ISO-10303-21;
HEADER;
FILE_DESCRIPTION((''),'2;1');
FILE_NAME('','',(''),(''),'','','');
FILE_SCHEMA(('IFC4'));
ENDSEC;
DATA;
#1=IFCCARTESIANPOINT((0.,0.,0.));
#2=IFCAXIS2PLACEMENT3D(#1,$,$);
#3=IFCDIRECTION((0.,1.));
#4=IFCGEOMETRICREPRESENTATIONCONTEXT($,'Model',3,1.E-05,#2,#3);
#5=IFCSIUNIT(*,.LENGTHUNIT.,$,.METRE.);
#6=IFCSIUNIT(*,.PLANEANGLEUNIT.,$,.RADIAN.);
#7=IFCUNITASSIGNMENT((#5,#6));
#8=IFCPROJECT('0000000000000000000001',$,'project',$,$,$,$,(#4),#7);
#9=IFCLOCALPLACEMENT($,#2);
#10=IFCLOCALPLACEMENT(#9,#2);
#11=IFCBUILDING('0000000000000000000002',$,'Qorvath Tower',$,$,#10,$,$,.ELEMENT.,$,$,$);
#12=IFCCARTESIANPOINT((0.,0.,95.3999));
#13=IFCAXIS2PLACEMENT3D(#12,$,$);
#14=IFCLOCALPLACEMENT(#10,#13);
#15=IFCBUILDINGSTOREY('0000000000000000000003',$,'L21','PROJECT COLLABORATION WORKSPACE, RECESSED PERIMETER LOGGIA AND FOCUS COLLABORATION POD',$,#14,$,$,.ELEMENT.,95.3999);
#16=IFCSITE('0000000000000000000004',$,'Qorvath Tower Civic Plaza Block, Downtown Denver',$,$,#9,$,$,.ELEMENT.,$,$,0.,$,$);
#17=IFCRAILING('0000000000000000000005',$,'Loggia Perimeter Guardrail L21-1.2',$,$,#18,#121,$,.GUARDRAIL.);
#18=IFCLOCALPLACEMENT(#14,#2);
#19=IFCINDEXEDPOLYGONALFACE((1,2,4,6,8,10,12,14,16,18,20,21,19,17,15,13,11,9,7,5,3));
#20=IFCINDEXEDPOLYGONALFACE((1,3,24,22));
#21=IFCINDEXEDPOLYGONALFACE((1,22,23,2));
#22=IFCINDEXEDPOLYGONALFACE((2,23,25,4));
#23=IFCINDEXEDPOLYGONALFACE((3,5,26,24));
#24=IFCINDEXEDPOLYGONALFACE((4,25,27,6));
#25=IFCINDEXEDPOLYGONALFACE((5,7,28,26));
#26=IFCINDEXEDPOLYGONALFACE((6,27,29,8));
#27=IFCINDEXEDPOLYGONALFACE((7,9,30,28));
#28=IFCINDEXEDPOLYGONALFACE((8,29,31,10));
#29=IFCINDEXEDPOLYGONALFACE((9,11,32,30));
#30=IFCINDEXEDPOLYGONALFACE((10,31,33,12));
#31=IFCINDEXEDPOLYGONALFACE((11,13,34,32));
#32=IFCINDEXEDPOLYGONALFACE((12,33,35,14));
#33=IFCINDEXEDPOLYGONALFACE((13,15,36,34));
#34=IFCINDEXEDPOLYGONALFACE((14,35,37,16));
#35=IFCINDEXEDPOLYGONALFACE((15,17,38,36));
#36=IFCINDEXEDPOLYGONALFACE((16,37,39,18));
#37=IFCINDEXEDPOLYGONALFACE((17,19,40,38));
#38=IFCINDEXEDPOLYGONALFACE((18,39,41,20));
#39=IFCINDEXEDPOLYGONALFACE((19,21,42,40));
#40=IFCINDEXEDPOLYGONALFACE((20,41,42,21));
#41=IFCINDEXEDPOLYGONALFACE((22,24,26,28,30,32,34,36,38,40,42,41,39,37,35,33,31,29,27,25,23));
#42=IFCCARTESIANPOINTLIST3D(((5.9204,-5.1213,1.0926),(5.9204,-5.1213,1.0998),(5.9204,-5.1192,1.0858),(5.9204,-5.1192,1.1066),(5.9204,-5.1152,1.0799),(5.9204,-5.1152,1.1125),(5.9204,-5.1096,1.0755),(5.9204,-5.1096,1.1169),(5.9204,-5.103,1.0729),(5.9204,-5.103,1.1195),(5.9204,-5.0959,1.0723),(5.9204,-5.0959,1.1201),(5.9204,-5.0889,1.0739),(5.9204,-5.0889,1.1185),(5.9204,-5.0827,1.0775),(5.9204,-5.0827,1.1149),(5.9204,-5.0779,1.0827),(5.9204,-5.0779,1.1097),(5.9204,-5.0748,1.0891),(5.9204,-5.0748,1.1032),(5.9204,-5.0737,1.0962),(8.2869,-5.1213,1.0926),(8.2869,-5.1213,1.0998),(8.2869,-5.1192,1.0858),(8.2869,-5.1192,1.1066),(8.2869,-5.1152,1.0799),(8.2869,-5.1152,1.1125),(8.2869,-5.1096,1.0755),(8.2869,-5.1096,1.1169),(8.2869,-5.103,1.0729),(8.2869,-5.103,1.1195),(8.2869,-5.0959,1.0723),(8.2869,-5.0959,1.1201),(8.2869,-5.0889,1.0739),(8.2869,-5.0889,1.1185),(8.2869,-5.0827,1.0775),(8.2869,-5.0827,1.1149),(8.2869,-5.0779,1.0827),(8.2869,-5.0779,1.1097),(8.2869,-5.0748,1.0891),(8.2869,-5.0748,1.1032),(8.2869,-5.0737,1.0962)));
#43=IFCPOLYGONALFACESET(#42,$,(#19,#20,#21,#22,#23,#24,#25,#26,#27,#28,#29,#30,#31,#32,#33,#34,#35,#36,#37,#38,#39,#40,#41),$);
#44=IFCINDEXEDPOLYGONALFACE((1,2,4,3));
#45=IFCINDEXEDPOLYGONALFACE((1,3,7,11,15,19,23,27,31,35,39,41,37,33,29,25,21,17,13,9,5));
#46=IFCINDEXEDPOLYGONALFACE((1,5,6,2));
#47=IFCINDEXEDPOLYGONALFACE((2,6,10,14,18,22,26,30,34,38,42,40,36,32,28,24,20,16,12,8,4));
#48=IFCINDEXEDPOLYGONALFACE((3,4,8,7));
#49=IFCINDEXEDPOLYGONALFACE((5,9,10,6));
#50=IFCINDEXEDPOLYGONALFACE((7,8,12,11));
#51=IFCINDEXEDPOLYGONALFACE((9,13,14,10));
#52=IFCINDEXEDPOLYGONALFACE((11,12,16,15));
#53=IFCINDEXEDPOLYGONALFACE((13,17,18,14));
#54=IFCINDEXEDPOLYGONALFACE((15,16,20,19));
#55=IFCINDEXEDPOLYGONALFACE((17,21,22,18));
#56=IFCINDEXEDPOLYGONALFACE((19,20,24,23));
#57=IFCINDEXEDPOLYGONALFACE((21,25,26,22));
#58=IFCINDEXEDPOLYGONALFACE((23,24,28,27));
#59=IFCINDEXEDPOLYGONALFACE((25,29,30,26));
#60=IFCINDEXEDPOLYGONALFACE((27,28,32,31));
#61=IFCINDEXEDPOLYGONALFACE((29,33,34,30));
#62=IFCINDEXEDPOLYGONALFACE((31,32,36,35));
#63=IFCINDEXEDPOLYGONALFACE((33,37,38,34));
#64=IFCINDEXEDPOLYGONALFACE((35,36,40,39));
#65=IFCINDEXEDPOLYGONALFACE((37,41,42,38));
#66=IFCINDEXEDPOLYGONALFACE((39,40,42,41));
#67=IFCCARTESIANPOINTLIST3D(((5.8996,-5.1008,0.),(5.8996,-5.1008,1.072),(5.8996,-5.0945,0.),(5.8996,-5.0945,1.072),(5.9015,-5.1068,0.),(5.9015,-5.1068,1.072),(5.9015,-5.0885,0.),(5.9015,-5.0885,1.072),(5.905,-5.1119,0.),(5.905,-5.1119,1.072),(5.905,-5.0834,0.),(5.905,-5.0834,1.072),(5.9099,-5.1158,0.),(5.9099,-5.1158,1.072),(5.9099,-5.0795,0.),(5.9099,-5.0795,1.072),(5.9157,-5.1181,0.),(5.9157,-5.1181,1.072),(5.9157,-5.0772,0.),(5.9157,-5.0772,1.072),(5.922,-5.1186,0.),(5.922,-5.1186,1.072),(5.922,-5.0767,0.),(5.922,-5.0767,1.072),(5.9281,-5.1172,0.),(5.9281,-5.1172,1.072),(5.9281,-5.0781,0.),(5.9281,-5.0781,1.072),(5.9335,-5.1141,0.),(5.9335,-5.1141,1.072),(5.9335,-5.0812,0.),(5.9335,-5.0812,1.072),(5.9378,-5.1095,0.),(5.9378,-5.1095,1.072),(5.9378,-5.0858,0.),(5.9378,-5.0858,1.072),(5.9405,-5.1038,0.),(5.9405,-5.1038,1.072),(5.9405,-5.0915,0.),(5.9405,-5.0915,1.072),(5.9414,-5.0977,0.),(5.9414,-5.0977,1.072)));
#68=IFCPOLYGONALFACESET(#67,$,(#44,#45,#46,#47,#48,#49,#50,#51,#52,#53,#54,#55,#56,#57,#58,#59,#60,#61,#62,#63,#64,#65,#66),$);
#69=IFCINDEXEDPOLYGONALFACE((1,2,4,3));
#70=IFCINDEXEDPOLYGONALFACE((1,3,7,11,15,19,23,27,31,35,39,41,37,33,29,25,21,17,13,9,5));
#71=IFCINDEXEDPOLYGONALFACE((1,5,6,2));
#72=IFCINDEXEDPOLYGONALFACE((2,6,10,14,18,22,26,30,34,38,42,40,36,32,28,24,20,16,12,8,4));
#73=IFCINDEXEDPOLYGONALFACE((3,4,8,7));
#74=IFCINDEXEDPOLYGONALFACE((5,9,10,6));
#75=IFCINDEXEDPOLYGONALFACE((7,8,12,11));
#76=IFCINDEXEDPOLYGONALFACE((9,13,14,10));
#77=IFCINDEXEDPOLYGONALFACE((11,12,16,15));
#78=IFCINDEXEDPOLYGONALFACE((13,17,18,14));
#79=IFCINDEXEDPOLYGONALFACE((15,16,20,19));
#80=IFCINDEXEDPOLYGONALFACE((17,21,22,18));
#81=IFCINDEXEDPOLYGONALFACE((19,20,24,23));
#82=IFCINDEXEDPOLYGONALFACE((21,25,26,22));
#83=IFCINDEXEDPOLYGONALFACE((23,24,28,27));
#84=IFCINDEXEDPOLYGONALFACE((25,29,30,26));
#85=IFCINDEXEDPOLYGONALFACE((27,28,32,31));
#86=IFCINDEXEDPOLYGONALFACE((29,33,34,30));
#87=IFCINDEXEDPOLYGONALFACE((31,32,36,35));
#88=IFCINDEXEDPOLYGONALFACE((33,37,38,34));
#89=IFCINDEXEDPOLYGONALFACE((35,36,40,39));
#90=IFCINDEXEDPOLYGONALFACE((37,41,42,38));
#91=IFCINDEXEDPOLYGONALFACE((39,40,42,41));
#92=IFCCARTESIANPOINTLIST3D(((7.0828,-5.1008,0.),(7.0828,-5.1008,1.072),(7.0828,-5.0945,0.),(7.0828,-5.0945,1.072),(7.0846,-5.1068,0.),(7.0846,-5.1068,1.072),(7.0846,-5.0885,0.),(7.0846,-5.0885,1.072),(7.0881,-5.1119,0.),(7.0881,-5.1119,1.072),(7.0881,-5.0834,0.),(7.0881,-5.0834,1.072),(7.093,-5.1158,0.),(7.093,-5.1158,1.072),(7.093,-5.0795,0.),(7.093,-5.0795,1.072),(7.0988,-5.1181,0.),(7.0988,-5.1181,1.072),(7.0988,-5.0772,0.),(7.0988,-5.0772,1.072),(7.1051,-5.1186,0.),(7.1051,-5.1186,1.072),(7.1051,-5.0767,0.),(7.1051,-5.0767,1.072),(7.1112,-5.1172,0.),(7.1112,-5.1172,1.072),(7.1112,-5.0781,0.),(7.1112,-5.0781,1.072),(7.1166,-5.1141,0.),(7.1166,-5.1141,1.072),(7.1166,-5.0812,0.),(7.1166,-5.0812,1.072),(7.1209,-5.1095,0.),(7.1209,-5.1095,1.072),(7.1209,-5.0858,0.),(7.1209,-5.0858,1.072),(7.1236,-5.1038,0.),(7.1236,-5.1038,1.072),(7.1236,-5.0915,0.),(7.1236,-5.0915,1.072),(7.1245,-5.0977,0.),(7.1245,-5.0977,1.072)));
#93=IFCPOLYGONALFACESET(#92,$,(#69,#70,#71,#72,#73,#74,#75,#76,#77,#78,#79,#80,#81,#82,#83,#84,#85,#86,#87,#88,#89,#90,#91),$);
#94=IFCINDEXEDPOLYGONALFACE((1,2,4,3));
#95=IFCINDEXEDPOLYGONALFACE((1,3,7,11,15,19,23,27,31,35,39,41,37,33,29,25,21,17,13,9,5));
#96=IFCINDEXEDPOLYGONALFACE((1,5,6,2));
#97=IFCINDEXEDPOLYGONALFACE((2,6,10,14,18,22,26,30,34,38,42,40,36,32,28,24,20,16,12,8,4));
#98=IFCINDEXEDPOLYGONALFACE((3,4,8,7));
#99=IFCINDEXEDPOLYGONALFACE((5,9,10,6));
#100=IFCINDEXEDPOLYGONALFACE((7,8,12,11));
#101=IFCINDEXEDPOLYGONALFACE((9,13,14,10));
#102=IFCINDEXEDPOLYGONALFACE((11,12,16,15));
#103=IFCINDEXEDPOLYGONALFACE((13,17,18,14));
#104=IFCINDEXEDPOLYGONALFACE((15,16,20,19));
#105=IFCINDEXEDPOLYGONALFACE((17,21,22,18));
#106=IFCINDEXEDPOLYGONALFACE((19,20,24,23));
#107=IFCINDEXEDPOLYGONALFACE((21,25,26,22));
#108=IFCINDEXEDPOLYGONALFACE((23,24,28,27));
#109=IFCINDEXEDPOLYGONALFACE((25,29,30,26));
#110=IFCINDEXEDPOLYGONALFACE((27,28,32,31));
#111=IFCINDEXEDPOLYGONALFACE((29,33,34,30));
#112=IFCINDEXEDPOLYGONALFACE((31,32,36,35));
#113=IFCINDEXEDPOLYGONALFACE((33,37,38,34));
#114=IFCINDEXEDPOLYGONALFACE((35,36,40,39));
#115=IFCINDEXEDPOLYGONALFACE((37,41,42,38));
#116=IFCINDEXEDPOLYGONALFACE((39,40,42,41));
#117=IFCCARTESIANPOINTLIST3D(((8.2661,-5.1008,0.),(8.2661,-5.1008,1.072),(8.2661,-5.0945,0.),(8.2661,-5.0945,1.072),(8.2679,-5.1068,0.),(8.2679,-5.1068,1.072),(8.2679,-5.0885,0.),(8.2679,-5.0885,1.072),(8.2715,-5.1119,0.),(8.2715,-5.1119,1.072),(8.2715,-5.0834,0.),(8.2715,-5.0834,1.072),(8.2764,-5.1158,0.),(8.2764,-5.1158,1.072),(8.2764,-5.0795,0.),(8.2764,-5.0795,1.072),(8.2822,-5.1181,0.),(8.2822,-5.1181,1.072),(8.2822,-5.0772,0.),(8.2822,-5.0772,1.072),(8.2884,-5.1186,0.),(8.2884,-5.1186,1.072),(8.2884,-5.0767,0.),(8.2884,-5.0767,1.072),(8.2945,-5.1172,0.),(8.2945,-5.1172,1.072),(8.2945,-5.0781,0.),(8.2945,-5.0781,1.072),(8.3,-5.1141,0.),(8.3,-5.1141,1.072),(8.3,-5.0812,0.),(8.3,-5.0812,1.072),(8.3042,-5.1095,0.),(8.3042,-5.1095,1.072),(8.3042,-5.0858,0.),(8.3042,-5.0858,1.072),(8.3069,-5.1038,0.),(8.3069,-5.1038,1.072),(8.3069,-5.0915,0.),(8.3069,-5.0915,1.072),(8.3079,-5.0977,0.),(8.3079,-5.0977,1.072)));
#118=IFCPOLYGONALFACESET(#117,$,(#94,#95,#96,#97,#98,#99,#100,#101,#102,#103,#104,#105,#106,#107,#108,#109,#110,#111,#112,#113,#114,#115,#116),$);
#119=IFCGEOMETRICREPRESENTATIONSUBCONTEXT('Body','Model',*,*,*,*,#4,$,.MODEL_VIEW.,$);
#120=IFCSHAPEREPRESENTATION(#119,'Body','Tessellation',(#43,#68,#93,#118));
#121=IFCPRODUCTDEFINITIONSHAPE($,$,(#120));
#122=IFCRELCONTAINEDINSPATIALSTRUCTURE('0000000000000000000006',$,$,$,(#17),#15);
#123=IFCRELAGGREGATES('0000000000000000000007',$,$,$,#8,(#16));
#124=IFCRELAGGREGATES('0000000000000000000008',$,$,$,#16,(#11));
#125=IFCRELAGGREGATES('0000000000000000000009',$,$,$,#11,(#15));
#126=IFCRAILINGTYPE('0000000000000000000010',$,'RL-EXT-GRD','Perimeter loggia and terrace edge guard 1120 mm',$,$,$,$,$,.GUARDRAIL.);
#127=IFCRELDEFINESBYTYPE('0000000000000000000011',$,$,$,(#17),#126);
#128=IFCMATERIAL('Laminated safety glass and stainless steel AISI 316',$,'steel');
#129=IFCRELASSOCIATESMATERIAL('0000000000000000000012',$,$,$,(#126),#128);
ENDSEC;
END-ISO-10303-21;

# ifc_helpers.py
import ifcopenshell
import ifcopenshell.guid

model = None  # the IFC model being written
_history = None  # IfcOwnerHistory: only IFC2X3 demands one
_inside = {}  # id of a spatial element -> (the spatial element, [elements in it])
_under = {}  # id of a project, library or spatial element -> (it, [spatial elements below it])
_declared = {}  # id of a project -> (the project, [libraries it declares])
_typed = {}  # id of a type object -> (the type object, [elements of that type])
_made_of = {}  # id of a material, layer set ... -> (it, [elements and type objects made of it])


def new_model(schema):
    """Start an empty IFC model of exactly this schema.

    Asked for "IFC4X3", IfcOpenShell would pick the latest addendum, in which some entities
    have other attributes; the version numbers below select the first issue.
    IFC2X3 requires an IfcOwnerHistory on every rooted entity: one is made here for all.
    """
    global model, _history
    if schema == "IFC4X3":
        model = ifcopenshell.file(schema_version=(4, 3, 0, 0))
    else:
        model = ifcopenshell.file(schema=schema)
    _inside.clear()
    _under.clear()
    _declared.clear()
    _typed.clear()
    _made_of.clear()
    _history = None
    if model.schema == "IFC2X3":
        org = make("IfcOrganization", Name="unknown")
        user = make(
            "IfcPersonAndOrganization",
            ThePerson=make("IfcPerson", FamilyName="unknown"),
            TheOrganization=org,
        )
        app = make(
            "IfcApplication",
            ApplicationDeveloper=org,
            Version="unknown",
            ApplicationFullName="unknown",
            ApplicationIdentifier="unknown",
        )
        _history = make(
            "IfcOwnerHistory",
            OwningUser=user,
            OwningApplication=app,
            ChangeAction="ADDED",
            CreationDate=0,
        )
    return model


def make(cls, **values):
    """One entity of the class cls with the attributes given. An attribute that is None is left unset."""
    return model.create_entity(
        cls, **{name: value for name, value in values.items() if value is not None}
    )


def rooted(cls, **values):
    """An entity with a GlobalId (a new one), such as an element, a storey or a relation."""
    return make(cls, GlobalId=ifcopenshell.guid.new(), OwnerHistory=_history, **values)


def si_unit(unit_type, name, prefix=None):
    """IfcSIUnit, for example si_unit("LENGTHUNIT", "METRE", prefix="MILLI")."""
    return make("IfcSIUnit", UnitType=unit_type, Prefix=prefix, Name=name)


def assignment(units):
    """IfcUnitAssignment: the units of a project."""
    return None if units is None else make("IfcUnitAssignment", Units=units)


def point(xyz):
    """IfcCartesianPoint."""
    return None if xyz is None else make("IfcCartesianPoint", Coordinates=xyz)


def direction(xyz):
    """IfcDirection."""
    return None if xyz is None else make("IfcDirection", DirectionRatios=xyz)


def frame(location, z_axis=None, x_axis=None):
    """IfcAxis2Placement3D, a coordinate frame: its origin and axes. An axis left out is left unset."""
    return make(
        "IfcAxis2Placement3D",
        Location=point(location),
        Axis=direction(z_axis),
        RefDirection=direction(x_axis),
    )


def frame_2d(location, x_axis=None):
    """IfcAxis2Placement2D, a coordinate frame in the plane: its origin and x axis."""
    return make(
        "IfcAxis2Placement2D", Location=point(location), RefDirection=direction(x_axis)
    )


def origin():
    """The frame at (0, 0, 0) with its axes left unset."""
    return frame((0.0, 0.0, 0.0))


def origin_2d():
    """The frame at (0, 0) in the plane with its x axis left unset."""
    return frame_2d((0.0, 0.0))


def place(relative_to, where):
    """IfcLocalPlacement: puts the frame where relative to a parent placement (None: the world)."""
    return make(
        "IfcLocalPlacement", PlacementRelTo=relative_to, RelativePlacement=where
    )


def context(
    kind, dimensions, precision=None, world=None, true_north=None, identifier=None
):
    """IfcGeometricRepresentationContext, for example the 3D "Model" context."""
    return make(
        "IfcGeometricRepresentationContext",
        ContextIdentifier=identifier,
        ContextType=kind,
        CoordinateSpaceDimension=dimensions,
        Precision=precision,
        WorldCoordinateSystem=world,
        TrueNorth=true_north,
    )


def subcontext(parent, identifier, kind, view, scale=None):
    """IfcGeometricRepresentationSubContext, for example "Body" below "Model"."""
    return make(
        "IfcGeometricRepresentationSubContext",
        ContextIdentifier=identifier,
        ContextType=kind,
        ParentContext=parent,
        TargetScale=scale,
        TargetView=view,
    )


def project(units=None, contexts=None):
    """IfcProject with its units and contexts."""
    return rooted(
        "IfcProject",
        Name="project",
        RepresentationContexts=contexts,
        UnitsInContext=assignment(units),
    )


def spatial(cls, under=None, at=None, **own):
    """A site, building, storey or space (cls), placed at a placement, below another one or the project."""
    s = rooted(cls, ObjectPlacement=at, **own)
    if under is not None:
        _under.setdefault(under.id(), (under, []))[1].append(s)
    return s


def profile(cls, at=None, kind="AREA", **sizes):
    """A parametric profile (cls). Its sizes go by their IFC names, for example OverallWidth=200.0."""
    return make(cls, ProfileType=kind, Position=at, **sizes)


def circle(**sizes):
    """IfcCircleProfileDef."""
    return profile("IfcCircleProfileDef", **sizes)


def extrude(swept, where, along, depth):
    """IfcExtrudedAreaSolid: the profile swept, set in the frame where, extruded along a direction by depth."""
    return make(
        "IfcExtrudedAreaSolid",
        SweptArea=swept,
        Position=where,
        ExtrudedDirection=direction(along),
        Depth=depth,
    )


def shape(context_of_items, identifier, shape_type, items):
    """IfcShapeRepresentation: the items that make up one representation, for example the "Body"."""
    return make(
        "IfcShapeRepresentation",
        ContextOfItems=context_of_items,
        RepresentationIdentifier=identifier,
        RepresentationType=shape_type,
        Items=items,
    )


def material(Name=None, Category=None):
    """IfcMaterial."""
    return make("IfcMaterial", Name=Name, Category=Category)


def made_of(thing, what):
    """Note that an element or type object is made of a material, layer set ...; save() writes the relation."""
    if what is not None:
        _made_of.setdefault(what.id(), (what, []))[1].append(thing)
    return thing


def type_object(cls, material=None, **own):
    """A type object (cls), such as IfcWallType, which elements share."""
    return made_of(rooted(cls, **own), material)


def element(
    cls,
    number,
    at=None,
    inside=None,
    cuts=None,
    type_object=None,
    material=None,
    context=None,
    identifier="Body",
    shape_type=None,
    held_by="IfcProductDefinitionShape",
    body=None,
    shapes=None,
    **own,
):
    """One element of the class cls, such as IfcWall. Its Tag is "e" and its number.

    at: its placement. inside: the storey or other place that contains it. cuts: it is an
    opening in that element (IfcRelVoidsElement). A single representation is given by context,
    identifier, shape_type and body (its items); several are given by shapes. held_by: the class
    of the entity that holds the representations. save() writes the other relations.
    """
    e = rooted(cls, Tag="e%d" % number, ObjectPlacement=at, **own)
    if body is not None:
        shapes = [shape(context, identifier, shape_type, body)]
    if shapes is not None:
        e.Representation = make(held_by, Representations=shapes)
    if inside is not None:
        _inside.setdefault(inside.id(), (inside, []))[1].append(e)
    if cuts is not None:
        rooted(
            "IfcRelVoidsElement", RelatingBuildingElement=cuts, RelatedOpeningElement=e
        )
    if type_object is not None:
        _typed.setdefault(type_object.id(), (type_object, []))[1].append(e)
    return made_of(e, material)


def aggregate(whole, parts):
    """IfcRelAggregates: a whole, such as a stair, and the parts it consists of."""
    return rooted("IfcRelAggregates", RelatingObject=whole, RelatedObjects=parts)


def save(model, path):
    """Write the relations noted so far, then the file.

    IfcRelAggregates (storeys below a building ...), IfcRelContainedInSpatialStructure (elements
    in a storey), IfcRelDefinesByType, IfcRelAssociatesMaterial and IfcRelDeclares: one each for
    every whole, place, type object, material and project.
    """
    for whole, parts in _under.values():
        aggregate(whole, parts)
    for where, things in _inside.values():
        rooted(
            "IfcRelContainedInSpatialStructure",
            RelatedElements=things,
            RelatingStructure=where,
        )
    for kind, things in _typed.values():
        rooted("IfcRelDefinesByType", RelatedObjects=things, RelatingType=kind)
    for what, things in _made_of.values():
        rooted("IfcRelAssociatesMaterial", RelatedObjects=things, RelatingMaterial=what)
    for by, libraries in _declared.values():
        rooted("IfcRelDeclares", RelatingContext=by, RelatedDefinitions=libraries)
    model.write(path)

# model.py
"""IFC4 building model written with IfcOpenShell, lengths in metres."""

from ifc_helpers import new_model, si_unit, direction, frame, origin, origin_2d, place, context, subcontext, project, spatial, circle, extrude, material, type_object, element, save


model = new_model("IFC4")

# Units and contexts
model_context = context("Model", 3, precision=1e-05, world=origin(), true_north=direction((0.0, 1.0)))
body_context = subcontext(model_context, "Body", "Model", "MODEL_VIEW")
ifc_project = project(units=[si_unit("LENGTHUNIT", "METRE"), si_unit("PLANEANGLEUNIT", "RADIAN")], contexts=[model_context])

# Site, building, storey
site_placement = place(None, origin())
site = spatial("IfcSite", under=ifc_project, at=site_placement, Name="Qorvath Tower Civic Plaza Block, Downtown Denver", CompositionType="ELEMENT", RefElevation=0.0)
building_placement = place(site_placement, origin())
building = spatial("IfcBuilding", under=site, at=building_placement, Name="Qorvath Tower", CompositionType="ELEMENT")
storey_placement = place(building_placement, frame((0.0, 0.0, 95.3999)))
storey = spatial("IfcBuildingStorey", under=building, at=storey_placement, Name="L21", Description="PROJECT COLLABORATION WORKSPACE, RECESSED PERIMETER LOGGIA AND FOCUS COLLABORATION POD", CompositionType="ELEMENT", Elevation=95.3999)

# Railing
ifc_material_1 = material(Name="Laminated safety glass and stainless steel AISI 316", Category="steel")
railing_type = type_object("IfcRailingType", Name="RL-EXT-GRD", Description="Perimeter loggia and terrace edge guard 1120 mm", PredefinedType="GUARDRAIL", material=ifc_material_1)
railing_1_placement = place(storey_placement, frame((5.9204, -5.0977, 0.0)))
element("IfcRailing", 1, at=railing_1_placement, inside=storey, type_object=railing_type, Name="Loggia Perimeter Guardrail L21-1.2", PredefinedType="GUARDRAIL", context=body_context, shape_type="SweptSolid", body=[
    extrude(circle(Radius=0.0239, at=origin_2d()), frame((0.0, 0.0, 1.0962), z_axis=(1.0, 0.0, 0.0), x_axis=(0.0, 1.0, 0.0)), (0.0, 0.0, 1.0), 2.3665),
    extrude(circle(Radius=0.021, at=origin_2d()), origin(), (0.0, 0.0, 1.0), 1.072),
    extrude(circle(Radius=0.021, at=origin_2d()), frame((1.1831, 0.0, 0.0)), (0.0, 0.0, 1.0), 1.072),
    extrude(circle(Radius=0.021, at=origin_2d()), frame((2.3665, 0.0, 0.0)), (0.0, 0.0, 1.0), 1.072),
])

save(model, "model.ifc")
